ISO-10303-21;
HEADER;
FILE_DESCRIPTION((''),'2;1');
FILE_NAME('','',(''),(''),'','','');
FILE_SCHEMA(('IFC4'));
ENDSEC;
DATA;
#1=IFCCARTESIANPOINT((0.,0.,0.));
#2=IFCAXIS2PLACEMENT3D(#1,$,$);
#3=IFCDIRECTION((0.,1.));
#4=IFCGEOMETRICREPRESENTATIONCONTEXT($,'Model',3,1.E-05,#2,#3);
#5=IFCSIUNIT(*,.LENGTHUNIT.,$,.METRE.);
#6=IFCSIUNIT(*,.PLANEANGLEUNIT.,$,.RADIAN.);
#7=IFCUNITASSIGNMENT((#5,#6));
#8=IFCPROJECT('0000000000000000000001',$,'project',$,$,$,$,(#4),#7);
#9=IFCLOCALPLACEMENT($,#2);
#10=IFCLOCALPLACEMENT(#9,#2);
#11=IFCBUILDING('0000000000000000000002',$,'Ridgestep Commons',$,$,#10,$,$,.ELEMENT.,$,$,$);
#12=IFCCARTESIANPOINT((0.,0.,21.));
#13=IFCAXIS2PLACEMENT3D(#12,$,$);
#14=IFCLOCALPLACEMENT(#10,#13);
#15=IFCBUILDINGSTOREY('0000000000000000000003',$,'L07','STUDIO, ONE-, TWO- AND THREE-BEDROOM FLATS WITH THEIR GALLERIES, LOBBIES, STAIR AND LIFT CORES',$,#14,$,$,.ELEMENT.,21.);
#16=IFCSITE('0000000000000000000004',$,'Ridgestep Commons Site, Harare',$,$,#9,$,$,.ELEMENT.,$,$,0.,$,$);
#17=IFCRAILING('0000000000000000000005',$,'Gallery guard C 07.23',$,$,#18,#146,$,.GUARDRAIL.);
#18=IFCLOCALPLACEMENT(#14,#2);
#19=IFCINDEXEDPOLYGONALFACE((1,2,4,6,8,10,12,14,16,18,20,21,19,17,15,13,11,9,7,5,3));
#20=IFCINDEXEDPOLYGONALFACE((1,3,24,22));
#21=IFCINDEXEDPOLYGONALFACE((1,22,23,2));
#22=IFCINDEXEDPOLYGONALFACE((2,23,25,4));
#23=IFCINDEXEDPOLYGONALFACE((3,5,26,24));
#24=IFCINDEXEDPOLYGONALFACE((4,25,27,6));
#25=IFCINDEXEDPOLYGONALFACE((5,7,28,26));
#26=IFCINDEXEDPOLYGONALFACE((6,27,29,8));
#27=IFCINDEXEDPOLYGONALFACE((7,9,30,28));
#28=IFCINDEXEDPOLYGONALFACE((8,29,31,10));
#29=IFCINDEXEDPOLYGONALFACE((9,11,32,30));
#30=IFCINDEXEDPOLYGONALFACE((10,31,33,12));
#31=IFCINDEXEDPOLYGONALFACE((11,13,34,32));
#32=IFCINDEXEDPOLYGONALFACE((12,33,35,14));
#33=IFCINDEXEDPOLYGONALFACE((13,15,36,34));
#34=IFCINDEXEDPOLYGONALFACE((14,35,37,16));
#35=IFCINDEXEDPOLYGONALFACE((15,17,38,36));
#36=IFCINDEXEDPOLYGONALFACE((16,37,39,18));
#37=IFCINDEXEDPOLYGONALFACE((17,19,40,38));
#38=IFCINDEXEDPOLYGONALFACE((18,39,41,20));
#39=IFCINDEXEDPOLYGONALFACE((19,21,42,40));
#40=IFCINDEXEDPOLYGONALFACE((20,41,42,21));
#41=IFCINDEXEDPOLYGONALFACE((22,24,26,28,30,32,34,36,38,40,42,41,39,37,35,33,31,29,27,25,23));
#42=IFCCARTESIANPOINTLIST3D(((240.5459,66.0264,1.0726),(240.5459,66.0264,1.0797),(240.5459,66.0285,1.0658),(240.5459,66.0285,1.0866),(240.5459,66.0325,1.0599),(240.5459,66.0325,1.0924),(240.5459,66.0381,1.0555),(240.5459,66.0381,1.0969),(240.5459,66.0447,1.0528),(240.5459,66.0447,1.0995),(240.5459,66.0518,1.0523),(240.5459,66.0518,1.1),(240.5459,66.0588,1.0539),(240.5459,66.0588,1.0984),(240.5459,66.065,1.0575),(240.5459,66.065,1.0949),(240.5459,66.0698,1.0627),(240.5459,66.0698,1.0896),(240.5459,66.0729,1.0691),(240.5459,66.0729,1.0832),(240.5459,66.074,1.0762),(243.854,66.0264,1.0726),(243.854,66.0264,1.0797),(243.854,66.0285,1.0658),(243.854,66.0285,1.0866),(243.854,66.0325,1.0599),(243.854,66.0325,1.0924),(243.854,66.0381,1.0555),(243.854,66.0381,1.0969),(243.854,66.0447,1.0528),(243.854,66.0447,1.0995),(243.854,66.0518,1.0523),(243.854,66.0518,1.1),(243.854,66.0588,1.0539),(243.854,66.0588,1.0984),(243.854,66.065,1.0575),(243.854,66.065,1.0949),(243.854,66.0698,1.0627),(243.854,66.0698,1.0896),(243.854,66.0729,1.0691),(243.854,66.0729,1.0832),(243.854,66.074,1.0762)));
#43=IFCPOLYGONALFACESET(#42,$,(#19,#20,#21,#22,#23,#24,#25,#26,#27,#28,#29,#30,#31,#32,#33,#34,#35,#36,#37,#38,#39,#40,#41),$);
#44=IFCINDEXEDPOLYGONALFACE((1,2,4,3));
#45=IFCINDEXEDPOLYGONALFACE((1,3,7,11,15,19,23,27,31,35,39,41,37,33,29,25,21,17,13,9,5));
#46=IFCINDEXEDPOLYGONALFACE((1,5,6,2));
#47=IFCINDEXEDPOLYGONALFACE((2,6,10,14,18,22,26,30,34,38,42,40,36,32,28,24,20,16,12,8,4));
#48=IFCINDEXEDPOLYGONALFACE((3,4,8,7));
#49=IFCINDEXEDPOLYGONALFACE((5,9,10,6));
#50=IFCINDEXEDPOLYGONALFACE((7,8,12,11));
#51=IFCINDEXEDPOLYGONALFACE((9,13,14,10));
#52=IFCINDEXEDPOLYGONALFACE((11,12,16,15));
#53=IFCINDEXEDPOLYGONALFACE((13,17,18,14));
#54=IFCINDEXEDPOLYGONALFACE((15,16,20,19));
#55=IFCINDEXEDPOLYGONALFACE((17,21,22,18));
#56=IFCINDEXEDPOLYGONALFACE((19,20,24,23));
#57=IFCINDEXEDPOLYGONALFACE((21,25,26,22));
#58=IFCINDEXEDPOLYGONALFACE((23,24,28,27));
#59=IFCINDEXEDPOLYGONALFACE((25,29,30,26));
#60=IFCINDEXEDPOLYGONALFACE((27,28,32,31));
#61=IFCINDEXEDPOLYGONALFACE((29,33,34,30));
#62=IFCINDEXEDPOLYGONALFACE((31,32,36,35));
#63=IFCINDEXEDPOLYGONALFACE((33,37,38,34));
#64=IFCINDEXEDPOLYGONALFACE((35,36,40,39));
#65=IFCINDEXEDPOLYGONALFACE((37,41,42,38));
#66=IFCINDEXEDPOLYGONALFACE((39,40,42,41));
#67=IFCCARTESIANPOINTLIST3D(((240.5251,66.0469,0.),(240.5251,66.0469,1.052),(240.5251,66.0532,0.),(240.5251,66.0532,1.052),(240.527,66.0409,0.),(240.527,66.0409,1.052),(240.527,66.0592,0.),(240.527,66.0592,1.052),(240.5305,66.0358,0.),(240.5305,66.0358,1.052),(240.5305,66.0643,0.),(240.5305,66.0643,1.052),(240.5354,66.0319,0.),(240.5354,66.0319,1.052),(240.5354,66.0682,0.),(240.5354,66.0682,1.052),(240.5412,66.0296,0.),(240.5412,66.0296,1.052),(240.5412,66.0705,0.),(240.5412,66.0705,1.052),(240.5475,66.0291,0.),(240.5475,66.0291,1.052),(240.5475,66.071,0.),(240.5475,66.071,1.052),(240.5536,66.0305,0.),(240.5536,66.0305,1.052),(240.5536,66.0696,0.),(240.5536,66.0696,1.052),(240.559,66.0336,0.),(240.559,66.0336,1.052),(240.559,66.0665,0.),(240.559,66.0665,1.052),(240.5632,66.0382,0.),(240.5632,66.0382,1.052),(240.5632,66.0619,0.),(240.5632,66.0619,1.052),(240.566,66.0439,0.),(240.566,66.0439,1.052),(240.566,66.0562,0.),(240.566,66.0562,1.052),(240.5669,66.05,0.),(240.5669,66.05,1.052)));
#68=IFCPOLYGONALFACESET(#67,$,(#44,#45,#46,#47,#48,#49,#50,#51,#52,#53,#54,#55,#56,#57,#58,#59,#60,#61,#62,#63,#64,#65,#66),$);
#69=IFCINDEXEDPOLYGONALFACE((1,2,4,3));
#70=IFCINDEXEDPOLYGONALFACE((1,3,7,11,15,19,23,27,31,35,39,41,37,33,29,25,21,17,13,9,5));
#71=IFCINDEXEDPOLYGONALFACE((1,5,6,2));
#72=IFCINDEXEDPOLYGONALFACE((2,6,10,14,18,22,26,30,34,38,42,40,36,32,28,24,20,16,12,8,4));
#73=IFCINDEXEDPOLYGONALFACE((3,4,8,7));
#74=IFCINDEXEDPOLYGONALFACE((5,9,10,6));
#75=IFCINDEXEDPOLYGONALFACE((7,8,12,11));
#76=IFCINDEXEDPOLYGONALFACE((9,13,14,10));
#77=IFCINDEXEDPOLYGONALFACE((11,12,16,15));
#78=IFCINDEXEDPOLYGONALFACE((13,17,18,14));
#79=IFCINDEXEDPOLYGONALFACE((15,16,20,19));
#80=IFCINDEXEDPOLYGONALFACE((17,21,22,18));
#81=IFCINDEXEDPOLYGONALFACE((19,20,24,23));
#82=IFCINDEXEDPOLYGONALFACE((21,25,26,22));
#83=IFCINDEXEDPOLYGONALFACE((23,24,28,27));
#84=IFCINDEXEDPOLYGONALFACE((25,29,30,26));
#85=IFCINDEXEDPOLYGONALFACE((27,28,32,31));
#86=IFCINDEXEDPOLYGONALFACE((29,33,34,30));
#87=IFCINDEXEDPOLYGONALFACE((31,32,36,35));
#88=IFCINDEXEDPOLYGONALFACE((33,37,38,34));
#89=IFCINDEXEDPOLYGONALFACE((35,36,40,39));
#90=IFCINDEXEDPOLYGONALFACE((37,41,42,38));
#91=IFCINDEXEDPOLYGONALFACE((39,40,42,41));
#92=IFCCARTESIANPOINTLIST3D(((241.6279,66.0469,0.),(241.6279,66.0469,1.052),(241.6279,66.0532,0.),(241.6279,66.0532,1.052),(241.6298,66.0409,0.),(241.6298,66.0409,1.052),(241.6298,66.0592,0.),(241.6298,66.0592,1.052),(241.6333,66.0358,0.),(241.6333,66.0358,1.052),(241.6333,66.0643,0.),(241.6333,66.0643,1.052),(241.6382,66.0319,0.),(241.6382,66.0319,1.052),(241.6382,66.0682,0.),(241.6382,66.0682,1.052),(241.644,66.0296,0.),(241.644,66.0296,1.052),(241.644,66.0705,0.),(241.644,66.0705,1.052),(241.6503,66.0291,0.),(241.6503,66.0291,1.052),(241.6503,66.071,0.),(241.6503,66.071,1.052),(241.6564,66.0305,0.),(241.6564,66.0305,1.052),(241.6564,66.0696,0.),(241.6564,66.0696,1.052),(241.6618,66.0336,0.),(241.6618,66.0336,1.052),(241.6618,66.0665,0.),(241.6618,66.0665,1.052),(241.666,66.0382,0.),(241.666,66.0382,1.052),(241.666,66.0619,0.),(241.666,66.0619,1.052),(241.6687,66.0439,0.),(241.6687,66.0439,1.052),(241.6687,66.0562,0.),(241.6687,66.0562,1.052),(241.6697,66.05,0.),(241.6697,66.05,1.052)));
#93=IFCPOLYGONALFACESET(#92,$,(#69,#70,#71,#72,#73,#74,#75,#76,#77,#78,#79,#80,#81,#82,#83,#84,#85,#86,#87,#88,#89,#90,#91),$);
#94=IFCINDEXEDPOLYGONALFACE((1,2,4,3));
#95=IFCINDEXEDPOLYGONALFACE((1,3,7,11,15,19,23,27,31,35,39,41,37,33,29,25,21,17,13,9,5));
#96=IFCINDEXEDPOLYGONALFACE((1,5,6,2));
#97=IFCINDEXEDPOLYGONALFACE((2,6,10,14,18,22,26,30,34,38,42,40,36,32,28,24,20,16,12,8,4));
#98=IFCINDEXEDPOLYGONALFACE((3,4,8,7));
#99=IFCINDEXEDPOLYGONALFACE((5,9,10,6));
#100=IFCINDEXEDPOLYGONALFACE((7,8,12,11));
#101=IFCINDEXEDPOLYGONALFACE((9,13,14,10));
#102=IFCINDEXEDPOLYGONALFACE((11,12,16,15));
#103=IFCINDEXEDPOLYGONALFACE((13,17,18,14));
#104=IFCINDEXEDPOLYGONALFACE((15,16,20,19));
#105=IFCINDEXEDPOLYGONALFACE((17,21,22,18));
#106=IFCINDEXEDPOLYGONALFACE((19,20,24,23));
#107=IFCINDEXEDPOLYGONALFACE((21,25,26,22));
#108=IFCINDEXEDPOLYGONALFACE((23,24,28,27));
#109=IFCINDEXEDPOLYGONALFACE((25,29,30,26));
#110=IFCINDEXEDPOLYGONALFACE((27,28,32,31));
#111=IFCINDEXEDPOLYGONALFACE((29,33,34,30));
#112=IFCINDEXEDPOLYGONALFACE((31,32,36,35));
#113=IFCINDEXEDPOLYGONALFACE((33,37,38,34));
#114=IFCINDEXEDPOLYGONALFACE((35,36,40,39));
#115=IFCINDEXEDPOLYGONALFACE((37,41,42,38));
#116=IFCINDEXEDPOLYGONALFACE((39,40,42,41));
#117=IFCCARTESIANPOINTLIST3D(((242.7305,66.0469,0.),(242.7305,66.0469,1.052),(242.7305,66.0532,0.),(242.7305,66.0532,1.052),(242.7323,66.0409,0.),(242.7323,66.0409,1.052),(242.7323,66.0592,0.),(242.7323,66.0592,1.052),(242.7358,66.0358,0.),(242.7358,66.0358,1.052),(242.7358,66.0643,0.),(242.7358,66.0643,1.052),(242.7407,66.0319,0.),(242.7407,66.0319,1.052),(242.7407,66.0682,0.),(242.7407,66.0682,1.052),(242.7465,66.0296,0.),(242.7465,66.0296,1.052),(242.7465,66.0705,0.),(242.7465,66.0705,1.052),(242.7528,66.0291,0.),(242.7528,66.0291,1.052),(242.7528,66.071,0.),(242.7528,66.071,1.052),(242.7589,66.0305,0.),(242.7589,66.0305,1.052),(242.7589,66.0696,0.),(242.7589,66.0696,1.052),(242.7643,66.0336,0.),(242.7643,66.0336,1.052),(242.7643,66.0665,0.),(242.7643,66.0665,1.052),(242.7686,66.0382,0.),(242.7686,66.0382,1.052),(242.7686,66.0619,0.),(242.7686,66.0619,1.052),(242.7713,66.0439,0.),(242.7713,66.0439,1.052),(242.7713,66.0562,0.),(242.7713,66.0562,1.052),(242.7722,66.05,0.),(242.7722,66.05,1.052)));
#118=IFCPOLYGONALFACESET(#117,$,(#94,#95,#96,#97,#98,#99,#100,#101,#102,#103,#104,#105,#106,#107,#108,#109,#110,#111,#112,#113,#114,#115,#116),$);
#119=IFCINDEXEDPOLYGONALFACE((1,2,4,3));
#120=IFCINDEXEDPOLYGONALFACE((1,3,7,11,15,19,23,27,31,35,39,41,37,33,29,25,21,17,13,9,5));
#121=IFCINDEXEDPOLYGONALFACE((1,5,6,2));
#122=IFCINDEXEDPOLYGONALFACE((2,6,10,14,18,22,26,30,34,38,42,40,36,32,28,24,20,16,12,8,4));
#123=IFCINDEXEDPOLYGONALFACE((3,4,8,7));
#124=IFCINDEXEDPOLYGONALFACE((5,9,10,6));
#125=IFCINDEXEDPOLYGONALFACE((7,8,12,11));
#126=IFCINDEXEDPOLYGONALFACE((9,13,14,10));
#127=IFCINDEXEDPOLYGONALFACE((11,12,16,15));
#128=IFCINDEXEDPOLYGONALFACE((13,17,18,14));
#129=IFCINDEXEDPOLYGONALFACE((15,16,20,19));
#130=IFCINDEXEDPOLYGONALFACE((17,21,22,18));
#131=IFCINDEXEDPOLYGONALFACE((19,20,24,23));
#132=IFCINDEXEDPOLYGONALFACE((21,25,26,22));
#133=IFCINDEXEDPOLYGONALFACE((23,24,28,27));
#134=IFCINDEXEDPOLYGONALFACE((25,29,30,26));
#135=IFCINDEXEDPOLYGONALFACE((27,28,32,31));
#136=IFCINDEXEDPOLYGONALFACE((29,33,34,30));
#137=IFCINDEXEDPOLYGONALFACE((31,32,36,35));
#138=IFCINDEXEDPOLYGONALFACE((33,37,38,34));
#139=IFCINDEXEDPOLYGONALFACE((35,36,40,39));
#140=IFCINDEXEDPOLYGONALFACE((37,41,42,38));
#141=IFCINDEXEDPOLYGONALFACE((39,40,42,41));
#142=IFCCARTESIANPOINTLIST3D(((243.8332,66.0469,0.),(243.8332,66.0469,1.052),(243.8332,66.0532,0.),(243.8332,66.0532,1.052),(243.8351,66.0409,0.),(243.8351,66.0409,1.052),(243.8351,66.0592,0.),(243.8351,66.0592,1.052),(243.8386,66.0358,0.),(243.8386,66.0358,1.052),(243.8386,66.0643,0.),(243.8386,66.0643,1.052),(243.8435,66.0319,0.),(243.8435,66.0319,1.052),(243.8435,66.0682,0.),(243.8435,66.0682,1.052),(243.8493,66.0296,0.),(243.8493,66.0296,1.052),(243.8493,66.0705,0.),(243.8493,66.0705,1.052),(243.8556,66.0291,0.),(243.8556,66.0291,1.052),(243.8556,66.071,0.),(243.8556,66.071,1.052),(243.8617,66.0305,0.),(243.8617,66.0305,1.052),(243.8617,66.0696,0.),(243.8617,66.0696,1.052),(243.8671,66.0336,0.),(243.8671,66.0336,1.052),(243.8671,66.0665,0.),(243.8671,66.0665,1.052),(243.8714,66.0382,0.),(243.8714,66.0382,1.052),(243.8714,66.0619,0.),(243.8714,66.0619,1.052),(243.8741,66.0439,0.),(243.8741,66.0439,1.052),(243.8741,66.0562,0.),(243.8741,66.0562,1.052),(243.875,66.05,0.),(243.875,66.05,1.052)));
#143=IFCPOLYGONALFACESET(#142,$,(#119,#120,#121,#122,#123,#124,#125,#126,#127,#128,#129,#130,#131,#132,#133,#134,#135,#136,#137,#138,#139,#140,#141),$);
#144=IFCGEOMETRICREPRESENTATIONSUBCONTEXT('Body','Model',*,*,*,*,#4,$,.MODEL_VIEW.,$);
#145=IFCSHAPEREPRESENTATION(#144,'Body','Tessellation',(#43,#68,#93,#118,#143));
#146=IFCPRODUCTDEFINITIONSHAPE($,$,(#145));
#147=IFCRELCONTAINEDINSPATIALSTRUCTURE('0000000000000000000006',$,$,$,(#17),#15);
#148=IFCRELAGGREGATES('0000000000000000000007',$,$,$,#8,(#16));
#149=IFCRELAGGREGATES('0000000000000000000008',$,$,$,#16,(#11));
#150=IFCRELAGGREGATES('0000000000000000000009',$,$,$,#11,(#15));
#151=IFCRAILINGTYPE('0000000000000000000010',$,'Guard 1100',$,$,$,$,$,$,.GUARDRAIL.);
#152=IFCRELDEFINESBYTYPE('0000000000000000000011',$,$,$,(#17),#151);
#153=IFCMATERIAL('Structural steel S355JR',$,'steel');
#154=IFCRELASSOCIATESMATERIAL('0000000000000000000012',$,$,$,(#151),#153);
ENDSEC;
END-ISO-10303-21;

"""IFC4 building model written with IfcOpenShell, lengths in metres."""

from ifc_helpers import new_model, si_unit, direction, frame, origin, origin_2d, place, context, subcontext, project, spatial, circle, extrude, material, type_object, element, save


model = new_model("IFC4")

# Units and contexts
model_context = context("Model", 3, precision=1e-05, world=origin(), true_north=direction((0.0, 1.0)))
body_context = subcontext(model_context, "Body", "Model", "MODEL_VIEW")
ifc_project = project(units=[si_unit("LENGTHUNIT", "METRE"), si_unit("PLANEANGLEUNIT", "RADIAN")], contexts=[model_context])

# Site, building, storey
site_placement = place(None, origin())
site = spatial("IfcSite", under=ifc_project, at=site_placement, Name="Ridgestep Commons Site, Harare", CompositionType="ELEMENT", RefElevation=0.0)
building_placement = place(site_placement, origin())
building = spatial("IfcBuilding", under=site, at=building_placement, Name="Ridgestep Commons", CompositionType="ELEMENT")
storey_placement = place(building_placement, frame((0.0, 0.0, 21.0)))
storey = spatial("IfcBuildingStorey", under=building, at=storey_placement, Name="L07", Description="STUDIO, ONE-, TWO- AND THREE-BEDROOM FLATS WITH THEIR GALLERIES, LOBBIES, STAIR AND LIFT CORES", CompositionType="ELEMENT", Elevation=21.0)

# Railing
ifc_material_1 = material(Name="Structural steel S355JR", Category="steel")
railing_type = type_object("IfcRailingType", Name="Guard 1100", PredefinedType="GUARDRAIL", material=ifc_material_1)
railing_1_placement = place(storey_placement, frame((240.5459, 66.05, 0.0)))
element("IfcRailing", 1, at=railing_1_placement, inside=storey, type_object=railing_type, Name="Gallery guard C 07.23", PredefinedType="GUARDRAIL", context=body_context, shape_type="SweptSolid", body=[
    extrude(circle(Radius=0.0239, at=origin_2d()), frame((0.0, 0.0, 1.0762), z_axis=(1.0, 0.0, 0.0), x_axis=(0.0, 1.0, 0.0)), (0.0, 0.0, 1.0), 3.3081),
    extrude(circle(Radius=0.021, at=origin_2d()), origin(), (0.0, 0.0, 1.0), 1.052),
    extrude(circle(Radius=0.021, at=origin_2d()), frame((1.1028, 0.0, 0.0)), (0.0, 0.0, 1.0), 1.052),
    extrude(circle(Radius=0.021, at=origin_2d()), frame((2.2053, 0.0, 0.0)), (0.0, 0.0, 1.0), 1.052),
    extrude(circle(Radius=0.021, at=origin_2d()), frame((3.3081, 0.0, 0.0)), (0.0, 0.0, 1.0), 1.052),
])

save(model, "model.ifc")
